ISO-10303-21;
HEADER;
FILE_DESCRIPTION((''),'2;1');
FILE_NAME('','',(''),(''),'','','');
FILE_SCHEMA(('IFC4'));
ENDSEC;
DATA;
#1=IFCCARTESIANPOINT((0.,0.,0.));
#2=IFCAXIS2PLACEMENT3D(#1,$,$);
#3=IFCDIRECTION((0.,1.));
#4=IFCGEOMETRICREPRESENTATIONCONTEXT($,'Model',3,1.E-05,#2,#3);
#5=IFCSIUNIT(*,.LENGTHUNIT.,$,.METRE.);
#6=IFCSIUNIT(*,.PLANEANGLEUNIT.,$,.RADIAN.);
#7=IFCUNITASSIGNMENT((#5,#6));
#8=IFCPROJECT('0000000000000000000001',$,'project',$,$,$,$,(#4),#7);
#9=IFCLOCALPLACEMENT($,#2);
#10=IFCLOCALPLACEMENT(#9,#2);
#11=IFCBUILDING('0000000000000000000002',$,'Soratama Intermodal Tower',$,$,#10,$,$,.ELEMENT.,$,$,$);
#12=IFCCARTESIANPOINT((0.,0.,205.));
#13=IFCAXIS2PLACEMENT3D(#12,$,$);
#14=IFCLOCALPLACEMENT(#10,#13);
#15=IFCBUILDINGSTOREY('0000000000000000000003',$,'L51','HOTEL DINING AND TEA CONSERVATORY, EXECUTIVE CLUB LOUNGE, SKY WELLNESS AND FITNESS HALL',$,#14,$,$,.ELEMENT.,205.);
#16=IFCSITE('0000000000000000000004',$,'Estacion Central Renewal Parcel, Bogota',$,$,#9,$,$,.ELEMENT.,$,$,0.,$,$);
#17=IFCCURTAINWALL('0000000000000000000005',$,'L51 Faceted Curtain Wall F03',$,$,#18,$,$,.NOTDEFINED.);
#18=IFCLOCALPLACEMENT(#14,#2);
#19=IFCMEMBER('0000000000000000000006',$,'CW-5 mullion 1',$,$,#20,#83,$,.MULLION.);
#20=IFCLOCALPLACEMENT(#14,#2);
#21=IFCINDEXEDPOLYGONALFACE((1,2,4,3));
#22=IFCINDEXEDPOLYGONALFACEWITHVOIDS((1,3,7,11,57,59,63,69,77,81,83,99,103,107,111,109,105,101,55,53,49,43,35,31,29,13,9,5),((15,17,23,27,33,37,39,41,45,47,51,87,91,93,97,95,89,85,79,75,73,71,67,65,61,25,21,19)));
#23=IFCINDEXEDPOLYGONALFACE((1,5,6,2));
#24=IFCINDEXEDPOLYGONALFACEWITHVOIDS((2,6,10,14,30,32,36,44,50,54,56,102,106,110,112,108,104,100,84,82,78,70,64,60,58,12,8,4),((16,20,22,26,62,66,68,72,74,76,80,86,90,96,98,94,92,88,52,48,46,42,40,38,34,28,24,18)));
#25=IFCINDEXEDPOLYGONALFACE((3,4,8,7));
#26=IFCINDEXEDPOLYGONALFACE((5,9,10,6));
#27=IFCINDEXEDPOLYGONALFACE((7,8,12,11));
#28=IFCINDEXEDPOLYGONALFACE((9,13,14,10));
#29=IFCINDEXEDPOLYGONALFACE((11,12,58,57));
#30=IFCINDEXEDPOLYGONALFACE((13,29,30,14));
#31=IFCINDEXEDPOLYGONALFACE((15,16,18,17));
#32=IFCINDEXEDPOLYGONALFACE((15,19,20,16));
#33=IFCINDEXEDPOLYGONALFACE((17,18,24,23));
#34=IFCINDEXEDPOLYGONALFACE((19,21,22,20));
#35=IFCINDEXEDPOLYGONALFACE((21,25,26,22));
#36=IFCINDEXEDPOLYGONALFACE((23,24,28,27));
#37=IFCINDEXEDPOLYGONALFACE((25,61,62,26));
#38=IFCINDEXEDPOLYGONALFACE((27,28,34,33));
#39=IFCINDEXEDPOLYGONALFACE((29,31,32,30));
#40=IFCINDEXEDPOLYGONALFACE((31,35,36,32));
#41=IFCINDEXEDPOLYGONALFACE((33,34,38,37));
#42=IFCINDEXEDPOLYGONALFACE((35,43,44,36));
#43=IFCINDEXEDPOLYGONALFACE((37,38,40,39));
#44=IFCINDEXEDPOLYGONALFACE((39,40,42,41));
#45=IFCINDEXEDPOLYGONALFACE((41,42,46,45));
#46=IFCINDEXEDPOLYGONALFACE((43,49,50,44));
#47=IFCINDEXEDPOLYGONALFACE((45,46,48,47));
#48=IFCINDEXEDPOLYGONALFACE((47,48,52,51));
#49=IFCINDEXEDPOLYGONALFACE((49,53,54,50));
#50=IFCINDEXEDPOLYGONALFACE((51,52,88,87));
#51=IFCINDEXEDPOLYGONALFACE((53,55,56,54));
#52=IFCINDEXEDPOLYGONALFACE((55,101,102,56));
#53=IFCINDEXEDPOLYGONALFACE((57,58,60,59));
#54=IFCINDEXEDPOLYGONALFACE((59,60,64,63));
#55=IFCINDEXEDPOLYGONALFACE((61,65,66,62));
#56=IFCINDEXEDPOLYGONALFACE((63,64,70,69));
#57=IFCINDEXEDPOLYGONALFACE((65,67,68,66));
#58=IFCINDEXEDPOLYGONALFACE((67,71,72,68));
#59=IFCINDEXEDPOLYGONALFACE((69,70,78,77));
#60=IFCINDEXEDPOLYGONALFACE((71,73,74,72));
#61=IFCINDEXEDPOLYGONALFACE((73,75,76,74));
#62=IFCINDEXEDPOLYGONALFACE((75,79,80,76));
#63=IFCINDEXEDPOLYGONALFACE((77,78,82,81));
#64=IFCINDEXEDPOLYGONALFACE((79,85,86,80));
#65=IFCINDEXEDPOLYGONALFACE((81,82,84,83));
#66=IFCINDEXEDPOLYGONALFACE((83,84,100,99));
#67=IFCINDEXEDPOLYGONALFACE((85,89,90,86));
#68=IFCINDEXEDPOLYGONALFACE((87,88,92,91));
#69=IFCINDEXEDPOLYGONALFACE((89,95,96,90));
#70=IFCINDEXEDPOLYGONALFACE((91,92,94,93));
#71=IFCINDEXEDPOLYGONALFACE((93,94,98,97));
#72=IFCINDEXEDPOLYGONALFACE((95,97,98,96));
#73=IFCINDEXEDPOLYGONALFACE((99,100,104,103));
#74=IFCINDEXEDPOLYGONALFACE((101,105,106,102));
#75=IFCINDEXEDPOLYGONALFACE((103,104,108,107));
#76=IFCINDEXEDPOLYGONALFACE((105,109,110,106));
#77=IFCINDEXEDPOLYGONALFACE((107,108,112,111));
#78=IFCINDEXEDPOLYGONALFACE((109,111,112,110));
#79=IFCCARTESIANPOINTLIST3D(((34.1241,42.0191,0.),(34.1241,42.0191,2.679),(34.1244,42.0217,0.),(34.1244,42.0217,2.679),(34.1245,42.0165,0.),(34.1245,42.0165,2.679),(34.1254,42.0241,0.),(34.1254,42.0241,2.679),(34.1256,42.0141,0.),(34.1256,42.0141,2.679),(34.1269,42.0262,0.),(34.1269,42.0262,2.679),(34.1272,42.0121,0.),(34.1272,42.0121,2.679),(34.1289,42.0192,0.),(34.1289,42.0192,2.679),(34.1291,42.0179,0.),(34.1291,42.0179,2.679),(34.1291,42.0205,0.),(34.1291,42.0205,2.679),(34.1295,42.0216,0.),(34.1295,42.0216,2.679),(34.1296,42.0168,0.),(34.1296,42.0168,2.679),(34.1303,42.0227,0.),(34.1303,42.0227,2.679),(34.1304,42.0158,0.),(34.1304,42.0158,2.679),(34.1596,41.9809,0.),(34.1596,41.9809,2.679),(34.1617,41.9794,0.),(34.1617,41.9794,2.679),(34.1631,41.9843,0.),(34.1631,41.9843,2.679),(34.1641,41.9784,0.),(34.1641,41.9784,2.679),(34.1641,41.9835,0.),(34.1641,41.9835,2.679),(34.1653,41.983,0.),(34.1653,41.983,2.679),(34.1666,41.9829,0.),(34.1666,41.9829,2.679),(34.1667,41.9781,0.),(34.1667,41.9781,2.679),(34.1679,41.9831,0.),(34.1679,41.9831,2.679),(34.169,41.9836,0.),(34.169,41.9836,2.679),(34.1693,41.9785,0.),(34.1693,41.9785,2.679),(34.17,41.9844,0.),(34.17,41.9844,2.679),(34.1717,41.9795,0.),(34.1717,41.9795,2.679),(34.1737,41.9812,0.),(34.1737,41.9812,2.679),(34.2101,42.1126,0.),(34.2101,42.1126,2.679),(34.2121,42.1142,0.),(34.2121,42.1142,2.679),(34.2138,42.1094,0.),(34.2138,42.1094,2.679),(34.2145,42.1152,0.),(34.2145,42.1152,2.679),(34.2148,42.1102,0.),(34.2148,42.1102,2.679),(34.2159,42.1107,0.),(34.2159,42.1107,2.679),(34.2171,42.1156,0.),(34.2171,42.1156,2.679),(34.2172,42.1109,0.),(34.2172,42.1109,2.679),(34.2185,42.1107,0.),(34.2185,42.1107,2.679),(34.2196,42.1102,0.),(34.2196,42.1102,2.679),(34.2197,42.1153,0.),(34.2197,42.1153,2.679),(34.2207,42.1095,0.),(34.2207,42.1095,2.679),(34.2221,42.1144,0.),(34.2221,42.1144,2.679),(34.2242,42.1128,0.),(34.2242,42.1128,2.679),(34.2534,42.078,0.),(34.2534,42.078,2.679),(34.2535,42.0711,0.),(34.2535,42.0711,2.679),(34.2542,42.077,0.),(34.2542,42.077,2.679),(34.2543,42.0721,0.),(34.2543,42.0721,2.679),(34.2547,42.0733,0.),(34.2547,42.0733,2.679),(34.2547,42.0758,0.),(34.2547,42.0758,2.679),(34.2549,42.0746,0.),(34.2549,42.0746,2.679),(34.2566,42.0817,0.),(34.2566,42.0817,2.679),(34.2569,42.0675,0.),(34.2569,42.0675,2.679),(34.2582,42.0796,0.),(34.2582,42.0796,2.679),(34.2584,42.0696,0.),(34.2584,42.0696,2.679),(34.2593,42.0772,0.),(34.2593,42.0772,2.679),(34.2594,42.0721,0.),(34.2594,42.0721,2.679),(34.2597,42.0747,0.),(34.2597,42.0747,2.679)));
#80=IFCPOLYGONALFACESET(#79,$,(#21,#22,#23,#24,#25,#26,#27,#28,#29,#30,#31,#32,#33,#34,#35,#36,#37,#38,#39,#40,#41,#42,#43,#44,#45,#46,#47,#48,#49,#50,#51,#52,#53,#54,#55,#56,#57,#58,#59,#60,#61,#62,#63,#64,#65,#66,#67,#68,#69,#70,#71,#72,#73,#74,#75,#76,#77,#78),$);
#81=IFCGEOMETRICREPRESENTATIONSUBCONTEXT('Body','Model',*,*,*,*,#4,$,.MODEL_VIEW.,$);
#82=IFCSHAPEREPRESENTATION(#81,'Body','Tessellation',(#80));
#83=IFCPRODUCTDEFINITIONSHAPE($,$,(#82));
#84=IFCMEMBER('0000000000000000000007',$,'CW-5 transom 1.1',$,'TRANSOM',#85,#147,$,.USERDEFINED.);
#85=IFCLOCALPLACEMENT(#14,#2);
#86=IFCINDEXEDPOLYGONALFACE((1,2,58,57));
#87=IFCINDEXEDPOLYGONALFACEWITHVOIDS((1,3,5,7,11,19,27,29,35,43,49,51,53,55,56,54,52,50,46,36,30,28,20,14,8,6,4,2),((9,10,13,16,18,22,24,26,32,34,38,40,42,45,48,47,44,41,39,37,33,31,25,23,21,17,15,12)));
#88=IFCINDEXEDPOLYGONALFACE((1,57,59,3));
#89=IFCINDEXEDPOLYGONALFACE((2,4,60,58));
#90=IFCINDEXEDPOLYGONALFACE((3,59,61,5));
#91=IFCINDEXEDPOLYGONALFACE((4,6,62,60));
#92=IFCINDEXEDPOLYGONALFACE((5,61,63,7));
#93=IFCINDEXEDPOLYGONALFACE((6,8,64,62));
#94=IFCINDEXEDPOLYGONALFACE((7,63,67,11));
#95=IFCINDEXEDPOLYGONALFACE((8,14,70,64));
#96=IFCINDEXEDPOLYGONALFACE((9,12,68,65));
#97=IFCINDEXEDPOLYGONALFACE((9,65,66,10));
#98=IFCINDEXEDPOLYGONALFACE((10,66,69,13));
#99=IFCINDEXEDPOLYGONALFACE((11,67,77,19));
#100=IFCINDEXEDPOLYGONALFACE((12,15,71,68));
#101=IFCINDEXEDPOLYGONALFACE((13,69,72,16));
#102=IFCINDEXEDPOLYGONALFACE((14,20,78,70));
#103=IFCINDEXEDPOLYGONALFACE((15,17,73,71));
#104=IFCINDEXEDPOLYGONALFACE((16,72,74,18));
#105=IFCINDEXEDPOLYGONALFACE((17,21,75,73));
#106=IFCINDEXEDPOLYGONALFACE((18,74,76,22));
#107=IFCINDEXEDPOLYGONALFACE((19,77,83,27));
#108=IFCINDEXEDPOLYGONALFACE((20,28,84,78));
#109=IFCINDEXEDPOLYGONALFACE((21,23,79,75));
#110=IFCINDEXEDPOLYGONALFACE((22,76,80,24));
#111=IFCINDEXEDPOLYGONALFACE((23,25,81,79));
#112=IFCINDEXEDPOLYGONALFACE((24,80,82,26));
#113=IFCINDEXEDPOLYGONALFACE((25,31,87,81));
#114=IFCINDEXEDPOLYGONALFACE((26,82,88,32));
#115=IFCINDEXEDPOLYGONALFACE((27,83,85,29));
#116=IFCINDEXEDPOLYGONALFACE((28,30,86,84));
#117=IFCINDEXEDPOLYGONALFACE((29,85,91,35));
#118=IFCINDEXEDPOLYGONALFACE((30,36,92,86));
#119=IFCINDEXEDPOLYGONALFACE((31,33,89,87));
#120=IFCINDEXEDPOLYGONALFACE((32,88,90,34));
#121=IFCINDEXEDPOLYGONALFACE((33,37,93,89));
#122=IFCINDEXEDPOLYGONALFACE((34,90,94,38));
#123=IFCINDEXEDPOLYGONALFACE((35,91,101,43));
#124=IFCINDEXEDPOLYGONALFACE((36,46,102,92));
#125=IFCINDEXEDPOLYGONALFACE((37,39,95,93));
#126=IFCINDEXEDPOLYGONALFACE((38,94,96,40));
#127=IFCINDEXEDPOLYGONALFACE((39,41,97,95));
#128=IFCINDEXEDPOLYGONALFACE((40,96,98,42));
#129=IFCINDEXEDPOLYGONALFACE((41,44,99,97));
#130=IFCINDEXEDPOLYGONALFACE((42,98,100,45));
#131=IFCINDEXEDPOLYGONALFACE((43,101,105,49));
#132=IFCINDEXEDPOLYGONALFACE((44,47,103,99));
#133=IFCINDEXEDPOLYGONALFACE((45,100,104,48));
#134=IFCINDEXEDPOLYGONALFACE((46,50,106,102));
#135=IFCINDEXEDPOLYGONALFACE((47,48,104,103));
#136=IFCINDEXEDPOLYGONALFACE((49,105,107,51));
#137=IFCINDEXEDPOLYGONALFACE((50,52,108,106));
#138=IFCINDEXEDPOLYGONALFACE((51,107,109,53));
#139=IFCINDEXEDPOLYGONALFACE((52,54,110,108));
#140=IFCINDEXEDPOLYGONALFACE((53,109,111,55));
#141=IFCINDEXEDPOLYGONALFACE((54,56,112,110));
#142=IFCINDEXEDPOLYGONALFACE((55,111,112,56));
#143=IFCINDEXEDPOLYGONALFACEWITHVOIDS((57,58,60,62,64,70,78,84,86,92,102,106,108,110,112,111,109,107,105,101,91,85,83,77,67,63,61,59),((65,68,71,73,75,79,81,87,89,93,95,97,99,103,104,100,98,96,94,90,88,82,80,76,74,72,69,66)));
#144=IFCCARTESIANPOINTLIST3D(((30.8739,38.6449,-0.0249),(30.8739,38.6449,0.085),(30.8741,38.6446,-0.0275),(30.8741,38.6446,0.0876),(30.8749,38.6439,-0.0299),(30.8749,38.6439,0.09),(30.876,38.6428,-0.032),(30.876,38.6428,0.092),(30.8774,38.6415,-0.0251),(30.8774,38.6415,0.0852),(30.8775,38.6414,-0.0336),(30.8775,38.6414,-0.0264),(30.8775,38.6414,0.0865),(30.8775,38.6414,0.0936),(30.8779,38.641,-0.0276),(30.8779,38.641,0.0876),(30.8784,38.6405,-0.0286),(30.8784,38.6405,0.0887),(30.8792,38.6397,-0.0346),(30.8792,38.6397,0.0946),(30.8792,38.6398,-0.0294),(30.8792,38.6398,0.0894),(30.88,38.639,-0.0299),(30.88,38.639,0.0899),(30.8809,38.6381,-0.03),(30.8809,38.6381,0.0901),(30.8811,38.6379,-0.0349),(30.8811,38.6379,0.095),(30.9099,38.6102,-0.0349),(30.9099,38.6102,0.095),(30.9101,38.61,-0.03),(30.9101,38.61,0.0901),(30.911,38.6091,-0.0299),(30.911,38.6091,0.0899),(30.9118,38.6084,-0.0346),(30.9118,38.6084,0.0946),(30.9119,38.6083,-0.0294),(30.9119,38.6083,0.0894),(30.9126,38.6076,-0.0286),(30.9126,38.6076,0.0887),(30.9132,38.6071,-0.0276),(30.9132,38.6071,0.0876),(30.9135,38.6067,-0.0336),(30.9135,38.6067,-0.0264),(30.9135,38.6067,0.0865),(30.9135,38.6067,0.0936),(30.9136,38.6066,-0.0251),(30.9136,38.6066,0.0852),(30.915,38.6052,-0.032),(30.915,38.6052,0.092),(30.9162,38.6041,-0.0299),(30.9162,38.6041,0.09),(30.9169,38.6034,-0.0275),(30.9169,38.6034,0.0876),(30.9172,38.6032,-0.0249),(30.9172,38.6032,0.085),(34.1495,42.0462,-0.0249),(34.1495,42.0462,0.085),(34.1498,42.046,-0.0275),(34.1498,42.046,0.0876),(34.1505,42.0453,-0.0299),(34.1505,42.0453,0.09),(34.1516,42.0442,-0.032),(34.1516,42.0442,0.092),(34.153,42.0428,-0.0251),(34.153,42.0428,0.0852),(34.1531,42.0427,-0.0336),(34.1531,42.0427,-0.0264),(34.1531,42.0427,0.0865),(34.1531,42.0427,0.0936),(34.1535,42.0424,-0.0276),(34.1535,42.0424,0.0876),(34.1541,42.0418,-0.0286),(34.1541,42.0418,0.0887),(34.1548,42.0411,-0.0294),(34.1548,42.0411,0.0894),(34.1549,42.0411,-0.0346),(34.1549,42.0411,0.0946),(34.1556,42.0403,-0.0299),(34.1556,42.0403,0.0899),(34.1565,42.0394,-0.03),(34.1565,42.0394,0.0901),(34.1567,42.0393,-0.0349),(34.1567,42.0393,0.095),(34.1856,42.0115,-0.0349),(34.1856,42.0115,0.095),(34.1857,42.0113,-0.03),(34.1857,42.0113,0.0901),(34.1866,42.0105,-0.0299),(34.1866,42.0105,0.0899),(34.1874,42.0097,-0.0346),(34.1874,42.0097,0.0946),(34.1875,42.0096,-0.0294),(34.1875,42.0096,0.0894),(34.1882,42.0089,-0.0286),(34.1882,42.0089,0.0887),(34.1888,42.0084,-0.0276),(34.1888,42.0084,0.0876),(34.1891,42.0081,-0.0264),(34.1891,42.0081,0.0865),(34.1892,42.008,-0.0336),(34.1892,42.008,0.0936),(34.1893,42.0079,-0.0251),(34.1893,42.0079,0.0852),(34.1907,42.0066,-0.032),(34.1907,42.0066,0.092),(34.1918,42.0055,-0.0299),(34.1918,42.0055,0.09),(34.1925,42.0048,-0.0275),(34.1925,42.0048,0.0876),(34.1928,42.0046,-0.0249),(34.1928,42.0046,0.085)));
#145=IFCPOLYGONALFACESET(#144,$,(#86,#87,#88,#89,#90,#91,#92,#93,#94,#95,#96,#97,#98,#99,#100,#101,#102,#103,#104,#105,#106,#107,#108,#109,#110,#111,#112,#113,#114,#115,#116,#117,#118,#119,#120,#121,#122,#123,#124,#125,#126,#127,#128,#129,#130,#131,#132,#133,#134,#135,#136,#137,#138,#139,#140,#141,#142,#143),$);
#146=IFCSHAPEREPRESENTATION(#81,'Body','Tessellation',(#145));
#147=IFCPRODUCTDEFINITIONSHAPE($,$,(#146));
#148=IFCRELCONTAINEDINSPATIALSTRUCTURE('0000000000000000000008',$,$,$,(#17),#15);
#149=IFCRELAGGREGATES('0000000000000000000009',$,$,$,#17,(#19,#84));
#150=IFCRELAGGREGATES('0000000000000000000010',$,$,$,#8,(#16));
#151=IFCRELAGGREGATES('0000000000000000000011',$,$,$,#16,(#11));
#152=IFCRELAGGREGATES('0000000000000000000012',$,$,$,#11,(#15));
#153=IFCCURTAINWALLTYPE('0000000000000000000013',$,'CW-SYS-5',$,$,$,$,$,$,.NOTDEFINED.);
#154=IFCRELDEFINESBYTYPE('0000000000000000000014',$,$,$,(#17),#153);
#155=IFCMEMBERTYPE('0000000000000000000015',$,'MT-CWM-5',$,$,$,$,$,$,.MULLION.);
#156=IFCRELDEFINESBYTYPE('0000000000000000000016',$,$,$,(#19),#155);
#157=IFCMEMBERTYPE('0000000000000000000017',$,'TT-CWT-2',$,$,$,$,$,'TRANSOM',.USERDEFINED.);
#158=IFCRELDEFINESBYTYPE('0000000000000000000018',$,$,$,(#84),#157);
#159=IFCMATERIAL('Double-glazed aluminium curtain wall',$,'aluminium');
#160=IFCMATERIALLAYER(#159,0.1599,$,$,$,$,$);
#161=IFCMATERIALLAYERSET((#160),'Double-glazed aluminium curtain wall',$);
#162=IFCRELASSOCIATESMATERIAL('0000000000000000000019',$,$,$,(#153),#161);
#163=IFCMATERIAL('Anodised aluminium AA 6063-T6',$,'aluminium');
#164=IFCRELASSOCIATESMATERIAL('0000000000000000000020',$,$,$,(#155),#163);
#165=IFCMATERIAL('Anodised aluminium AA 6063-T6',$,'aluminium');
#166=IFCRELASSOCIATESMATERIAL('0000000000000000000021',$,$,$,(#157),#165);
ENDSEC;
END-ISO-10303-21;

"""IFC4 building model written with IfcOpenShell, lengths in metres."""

from ifc_helpers import new_model, si_unit, direction, frame, origin, origin_2d, place, context, subcontext, project, spatial, hollow_rectangle, extrude, material, layer, layer_set, material_profile, profile_set, type_object, element, aggregate, save


model = new_model("IFC4")

# Units and contexts
model_context = context("Model", 3, precision=1e-05, world=origin(), true_north=direction((0.0, 1.0)))
body_context = subcontext(model_context, "Body", "Model", "MODEL_VIEW")
ifc_project = project(units=[si_unit("LENGTHUNIT", "METRE"), si_unit("PLANEANGLEUNIT", "RADIAN")], contexts=[model_context])

# Site, building, storey
site_placement = place(None, origin())
site = spatial("IfcSite", under=ifc_project, at=site_placement, Name="Estacion Central Renewal Parcel, Bogota", CompositionType="ELEMENT", RefElevation=0.0)
building_placement = place(site_placement, origin())
building = spatial("IfcBuilding", under=site, at=building_placement, Name="Soratama Intermodal Tower", CompositionType="ELEMENT")
storey_placement = place(building_placement, frame((0.0, 0.0, 205.0)))
storey = spatial("IfcBuildingStorey", under=building, at=storey_placement, Name="L51", Description="HOTEL DINING AND TEA CONSERVATORY, EXECUTIVE CLUB LOUNGE, SKY WELLNESS AND FITNESS HALL", CompositionType="ELEMENT", Elevation=205.0)

# Curtain wall, members
ifc_material_1 = material(Name="Double-glazed aluminium curtain wall", Category="aluminium")
ifc_layer_1 = layer(ifc_material_1, 0.1599)
ifc_layer_set_1 = layer_set([ifc_layer_1], Name="Double-glazed aluminium curtain wall")
curtain_wall_type = type_object("IfcCurtainWallType", Name="CW-SYS-5", PredefinedType="NOTDEFINED", material=ifc_layer_set_1)
curtain_wall_placement = place(storey_placement, origin())
curtain_wall = element("IfcCurtainWall", 1, at=curtain_wall_placement, inside=storey, type_object=curtain_wall_type, Name="L51 Faceted Curtain Wall F03", PredefinedType="NOTDEFINED")
ifc_material_2 = material(Name="Anodised aluminium AA 6063-T6", Category="aluminium")
ifc_material_profile_1 = material_profile(ifc_material_2, hollow_rectangle(XDim=0.0649, YDim=0.1399, WallThickness=0.0049, InnerFilletRadius=0.0049, OuterFilletRadius=0.01, at=origin_2d()), Name="CWM140X65X5")
ifc_profile_set_1 = profile_set([ifc_material_profile_1], Name="Anodised aluminium AA 6063-T6")
member_type_1 = type_object("IfcMemberType", Name="MT-CWM-5", PredefinedType="MULLION", material=ifc_profile_set_1)
member_1_placement = place(storey_placement, frame((34.1919, 42.0469, 0.0), z_axis=(0.0, 0.0, 1.0), x_axis=(0.720307, -0.693655, 0.0)))
member_1 = element("IfcMember", 2, at=member_1_placement, type_object=member_type_1, Name="CW-5 mullion 1", PredefinedType="MULLION", context=body_context, shape_type="SweptSolid", body=[
    extrude(hollow_rectangle(XDim=0.0649, YDim=0.1399, WallThickness=0.0049, InnerFilletRadius=0.0049, OuterFilletRadius=0.01, at=origin_2d()), origin(), (0.0, 0.0, 1.0), 2.679),
])
ifc_material_3 = material(Name="Anodised aluminium AA 6063-T6", Category="aluminium")
ifc_material_profile_2 = material_profile(ifc_material_3, hollow_rectangle(XDim=0.0601, YDim=0.1299, WallThickness=0.0049, InnerFilletRadius=0.0049, OuterFilletRadius=0.01, at=origin_2d()), Name="CWT130X60X5")
ifc_profile_set_2 = profile_set([ifc_material_profile_2], Name="Anodised aluminium AA 6063-T6")
member_type_2 = type_object("IfcMemberType", Name="TT-CWT-2", ElementType="TRANSOM", PredefinedType="USERDEFINED", material=ifc_profile_set_2)
member_2_placement = place(storey_placement, frame((34.1711, 42.0254, 0.03), z_axis=(-0.693669, -0.720294, 0.0), x_axis=(0.720294, -0.693669, 0.0)))
member_2 = element("IfcMember", 3, at=member_2_placement, type_object=member_type_2, Name="CW-5 transom 1.1", ObjectType="TRANSOM", PredefinedType="USERDEFINED", context=body_context, shape_type="SweptSolid", body=[
    extrude(hollow_rectangle(XDim=0.0601, YDim=0.1299, WallThickness=0.0049, InnerFilletRadius=0.0049, OuterFilletRadius=0.01, at=origin_2d()), origin(), (0.0, 0.0, 1.0), 4.7222),
])
aggregate(curtain_wall, [member_1, member_2])

save(model, "model.ifc")
